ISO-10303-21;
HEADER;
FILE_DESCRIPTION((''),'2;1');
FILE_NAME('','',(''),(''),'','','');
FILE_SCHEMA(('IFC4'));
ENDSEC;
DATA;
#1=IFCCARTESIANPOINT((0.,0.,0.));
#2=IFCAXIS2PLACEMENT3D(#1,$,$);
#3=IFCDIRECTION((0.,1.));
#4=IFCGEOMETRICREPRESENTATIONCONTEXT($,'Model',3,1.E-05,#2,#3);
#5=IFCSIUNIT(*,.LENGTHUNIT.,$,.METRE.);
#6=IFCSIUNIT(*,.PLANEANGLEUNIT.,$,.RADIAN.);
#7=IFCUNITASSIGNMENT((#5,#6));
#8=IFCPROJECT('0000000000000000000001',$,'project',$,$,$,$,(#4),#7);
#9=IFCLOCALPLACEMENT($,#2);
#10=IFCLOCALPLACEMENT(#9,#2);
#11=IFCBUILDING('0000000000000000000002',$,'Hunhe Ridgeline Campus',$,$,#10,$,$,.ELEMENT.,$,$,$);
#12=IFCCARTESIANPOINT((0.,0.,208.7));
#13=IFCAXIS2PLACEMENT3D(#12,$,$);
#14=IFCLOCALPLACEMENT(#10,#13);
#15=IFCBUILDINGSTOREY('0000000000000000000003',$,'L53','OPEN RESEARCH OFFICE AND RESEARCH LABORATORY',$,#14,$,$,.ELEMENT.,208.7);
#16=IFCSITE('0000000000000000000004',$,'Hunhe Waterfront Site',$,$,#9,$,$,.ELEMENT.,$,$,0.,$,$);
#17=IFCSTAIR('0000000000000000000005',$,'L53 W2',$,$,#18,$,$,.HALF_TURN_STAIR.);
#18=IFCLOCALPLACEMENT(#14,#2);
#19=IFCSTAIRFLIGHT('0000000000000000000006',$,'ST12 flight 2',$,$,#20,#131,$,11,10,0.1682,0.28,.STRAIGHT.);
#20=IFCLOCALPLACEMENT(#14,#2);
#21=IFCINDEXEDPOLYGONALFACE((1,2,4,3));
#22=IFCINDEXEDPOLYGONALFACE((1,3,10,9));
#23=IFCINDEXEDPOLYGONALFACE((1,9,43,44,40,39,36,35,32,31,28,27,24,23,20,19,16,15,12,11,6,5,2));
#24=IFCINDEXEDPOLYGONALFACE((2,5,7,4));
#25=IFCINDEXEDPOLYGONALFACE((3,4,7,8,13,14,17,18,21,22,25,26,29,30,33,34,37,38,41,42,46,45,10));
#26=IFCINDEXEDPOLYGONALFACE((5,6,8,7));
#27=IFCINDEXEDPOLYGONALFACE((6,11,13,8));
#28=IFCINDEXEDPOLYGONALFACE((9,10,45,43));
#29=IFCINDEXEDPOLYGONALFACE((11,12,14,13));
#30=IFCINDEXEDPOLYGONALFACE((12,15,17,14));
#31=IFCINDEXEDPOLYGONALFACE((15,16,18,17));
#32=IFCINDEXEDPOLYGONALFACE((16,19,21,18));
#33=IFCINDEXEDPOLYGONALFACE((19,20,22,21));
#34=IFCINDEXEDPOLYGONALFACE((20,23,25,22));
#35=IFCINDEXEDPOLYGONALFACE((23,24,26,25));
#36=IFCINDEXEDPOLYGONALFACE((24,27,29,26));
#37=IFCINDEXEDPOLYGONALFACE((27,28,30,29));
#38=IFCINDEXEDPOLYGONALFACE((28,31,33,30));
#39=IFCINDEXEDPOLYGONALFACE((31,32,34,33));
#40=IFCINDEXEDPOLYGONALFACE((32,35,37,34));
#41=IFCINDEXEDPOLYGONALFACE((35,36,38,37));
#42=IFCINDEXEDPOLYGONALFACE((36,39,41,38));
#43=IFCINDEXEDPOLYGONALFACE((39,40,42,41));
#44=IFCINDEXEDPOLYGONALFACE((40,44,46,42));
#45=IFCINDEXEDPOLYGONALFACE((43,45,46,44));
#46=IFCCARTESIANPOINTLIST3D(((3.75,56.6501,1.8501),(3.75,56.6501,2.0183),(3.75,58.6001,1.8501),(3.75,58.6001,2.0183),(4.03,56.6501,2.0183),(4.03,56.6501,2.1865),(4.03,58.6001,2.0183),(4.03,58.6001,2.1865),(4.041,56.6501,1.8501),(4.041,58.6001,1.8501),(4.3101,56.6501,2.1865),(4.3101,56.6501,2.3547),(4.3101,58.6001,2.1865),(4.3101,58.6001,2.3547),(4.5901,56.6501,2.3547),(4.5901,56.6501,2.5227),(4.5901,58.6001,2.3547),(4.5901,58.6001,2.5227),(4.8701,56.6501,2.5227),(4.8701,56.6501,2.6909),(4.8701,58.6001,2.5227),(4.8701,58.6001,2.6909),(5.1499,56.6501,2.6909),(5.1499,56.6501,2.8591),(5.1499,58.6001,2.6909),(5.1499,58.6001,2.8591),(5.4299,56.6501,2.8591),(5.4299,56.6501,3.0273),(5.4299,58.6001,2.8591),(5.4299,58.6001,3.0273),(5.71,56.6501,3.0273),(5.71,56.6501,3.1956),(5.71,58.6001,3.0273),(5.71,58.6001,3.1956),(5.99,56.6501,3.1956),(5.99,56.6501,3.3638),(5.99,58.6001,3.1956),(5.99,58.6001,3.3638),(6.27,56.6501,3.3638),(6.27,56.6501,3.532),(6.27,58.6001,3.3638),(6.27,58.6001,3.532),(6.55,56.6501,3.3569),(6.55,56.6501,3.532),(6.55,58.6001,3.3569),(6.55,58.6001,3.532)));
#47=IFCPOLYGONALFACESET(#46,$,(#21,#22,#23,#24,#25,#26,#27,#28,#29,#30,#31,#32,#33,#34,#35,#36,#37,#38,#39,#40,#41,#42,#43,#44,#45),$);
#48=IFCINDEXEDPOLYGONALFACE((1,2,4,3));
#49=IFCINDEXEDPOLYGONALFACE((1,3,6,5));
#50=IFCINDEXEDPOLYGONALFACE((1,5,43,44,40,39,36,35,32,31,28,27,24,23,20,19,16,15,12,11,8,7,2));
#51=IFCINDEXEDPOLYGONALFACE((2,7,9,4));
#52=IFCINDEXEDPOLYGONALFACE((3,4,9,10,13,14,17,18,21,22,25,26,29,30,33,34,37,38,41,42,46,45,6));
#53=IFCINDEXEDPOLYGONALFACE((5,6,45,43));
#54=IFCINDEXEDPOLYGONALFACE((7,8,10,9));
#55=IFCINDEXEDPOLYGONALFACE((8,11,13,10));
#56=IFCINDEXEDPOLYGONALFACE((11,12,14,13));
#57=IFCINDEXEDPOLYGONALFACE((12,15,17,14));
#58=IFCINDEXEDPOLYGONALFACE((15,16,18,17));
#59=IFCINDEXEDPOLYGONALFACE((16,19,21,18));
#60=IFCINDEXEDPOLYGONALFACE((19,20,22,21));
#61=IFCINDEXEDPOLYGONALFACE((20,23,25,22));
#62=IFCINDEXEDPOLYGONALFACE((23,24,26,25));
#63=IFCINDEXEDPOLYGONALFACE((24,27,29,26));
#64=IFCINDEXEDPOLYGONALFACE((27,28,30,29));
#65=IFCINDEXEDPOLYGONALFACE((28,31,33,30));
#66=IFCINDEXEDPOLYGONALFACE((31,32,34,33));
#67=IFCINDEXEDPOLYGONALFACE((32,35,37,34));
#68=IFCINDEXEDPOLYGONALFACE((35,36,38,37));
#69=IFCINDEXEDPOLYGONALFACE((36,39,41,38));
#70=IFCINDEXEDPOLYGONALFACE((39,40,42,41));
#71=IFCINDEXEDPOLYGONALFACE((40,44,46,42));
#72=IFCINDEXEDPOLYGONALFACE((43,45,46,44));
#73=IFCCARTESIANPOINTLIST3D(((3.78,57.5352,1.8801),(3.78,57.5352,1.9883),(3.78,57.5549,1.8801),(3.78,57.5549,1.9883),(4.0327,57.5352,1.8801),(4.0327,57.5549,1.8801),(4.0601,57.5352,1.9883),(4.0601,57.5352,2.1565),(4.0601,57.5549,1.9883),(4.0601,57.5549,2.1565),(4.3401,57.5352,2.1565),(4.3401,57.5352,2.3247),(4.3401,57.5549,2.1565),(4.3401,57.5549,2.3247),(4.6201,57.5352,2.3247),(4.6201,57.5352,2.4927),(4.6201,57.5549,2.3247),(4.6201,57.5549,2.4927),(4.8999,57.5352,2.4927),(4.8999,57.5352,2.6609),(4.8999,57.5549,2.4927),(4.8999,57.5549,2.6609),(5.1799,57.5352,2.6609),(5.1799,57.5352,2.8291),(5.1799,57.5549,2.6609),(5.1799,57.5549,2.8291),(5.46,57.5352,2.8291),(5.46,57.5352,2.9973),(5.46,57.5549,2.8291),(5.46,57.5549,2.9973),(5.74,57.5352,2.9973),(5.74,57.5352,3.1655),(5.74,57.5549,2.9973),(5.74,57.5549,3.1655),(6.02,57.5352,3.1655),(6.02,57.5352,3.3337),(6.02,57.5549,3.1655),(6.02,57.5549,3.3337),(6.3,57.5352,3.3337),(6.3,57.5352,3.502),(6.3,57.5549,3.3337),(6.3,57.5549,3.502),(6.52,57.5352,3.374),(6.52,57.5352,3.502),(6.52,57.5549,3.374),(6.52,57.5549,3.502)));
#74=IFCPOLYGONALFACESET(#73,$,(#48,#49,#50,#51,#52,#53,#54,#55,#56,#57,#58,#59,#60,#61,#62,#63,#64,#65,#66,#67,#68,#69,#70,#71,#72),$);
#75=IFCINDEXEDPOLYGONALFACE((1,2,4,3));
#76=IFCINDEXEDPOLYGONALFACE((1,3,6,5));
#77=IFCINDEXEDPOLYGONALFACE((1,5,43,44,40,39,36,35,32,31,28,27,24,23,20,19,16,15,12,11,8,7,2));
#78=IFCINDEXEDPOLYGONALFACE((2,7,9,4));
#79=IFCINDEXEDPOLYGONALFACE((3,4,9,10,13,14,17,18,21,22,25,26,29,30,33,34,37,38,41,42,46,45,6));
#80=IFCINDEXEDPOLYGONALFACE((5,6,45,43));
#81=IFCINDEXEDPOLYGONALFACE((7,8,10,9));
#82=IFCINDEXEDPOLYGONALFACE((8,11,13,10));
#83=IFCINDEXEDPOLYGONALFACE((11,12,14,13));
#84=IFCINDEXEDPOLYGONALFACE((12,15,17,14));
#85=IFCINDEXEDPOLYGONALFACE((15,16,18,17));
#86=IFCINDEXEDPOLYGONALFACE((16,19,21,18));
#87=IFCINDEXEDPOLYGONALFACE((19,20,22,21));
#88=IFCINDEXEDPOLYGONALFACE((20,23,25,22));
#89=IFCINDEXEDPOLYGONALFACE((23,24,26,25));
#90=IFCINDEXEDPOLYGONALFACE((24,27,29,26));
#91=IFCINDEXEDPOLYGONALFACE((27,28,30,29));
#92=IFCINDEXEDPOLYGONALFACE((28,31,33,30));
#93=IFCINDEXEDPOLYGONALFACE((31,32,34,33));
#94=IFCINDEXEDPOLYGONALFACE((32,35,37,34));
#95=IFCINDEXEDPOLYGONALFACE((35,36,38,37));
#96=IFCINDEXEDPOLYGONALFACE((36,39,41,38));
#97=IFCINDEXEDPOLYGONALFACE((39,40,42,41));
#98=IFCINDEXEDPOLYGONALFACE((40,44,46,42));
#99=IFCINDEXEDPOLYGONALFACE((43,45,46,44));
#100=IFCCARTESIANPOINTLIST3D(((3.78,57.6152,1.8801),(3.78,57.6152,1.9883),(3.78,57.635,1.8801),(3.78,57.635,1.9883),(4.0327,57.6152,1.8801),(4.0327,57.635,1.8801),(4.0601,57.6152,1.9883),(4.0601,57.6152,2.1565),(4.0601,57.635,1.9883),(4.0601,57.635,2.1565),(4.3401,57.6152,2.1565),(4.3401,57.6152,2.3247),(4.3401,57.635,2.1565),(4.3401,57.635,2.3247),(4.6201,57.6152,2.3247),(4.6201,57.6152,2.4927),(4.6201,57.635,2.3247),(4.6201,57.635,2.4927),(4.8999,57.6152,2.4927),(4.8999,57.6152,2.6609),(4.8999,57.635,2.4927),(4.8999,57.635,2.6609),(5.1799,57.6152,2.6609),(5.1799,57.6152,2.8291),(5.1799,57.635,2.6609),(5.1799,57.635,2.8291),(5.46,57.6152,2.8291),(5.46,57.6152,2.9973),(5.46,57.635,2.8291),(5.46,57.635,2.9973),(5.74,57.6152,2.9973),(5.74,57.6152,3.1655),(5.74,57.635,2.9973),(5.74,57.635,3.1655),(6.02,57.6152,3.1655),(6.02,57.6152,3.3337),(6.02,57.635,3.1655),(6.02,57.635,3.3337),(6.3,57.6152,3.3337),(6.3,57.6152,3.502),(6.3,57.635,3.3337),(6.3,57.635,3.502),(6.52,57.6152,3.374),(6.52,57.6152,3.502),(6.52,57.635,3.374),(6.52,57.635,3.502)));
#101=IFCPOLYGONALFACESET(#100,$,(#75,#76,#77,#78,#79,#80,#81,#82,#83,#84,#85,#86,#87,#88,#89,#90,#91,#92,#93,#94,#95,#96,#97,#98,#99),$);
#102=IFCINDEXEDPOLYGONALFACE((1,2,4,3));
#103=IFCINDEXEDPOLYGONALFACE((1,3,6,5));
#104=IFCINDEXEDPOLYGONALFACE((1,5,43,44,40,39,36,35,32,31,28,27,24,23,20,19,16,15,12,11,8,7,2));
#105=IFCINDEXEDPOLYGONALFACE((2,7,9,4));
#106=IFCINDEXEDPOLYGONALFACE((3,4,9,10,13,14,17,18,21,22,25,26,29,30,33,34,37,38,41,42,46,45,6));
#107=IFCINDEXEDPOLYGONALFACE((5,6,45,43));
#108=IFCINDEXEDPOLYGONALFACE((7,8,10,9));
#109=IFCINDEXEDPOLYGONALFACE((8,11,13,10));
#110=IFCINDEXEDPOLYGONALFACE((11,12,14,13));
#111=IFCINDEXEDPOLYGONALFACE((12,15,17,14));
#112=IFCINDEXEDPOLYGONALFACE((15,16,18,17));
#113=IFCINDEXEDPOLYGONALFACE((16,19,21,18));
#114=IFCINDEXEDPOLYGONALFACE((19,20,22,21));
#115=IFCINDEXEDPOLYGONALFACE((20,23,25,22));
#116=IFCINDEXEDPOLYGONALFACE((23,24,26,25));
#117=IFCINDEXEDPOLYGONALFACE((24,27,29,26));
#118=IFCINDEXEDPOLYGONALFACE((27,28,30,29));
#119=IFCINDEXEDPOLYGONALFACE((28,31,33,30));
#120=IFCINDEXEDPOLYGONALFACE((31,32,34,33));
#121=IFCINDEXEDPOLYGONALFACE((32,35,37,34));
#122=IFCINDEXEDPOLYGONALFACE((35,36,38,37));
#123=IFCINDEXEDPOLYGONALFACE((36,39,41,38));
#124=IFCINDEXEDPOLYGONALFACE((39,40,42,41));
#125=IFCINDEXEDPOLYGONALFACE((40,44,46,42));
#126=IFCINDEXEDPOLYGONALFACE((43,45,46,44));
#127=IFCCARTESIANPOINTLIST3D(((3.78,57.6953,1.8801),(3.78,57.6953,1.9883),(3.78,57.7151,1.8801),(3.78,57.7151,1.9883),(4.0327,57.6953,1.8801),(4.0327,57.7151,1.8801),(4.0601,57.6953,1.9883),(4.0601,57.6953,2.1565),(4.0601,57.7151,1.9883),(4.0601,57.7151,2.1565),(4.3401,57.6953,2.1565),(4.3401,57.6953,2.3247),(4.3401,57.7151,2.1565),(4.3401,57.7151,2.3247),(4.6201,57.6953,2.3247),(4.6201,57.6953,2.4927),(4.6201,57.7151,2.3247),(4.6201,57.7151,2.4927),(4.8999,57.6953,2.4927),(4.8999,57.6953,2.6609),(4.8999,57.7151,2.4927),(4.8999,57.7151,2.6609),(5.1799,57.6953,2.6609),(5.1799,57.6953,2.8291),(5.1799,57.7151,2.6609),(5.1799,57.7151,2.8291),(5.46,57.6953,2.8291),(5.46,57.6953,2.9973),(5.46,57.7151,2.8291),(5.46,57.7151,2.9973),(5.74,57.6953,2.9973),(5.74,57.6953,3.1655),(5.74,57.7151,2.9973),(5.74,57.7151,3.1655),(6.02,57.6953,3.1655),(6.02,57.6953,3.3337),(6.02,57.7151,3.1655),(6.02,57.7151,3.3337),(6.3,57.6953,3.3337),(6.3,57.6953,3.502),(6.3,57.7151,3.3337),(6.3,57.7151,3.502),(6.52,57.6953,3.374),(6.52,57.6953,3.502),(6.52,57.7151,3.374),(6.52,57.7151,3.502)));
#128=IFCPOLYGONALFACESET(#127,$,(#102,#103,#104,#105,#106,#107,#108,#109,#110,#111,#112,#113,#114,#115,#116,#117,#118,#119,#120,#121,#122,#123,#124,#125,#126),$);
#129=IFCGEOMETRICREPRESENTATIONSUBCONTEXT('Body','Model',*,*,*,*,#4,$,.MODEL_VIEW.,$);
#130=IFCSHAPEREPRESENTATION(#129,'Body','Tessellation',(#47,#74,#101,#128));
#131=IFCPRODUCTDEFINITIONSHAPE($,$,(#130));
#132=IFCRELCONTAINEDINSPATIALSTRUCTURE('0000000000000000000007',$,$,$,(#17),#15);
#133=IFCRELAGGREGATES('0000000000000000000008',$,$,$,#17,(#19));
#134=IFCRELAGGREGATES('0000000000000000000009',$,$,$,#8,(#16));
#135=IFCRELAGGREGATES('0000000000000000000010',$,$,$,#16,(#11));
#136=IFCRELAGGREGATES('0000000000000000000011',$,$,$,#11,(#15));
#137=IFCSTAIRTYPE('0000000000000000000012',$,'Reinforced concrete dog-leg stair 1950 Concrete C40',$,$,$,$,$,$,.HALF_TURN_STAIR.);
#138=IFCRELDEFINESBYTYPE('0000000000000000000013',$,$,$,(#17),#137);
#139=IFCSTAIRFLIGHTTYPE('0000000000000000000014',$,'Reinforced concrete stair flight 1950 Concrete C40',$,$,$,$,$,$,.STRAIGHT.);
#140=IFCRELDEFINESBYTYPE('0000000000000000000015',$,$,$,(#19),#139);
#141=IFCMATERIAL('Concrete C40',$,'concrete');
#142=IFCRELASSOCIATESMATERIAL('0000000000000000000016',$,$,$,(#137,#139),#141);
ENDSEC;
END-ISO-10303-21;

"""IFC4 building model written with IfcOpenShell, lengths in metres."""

from ifc_helpers import new_model, si_unit, direction, frame, origin, place, context, subcontext, project, spatial, polyline, outline, extrude, material, type_object, element, aggregate, save


model = new_model("IFC4")

# Units and contexts
model_context = context("Model", 3, precision=1e-05, world=origin(), true_north=direction((0.0, 1.0)))
body_context = subcontext(model_context, "Body", "Model", "MODEL_VIEW")
ifc_project = project(units=[si_unit("LENGTHUNIT", "METRE"), si_unit("PLANEANGLEUNIT", "RADIAN")], contexts=[model_context])

# Site, building, storey
site_placement = place(None, origin())
site = spatial("IfcSite", under=ifc_project, at=site_placement, Name="Hunhe Waterfront Site", CompositionType="ELEMENT", RefElevation=0.0)
building_placement = place(site_placement, origin())
building = spatial("IfcBuilding", under=site, at=building_placement, Name="Hunhe Ridgeline Campus", CompositionType="ELEMENT")
storey_placement = place(building_placement, frame((0.0, 0.0, 208.7)))
storey = spatial("IfcBuildingStorey", under=building, at=storey_placement, Name="L53", Description="OPEN RESEARCH OFFICE AND RESEARCH LABORATORY", CompositionType="ELEMENT", Elevation=208.7)

# Shared definitions
ifc_material_1 = material(Name="Concrete C40", Category="concrete")
stair_type = type_object("IfcStairType", Name="Reinforced concrete dog-leg stair 1950 Concrete C40", PredefinedType="HALF_TURN_STAIR", material=ifc_material_1)
stair_flight_type = type_object("IfcStairFlightType", Name="Reinforced concrete stair flight 1950 Concrete C40", PredefinedType="STRAIGHT", material=ifc_material_1)

# Stair, stair flight
stair_1_placement = place(storey_placement, origin())
stair_1 = element("IfcStair", 1, at=stair_1_placement, inside=storey, type_object=stair_type, Name="L53 W2", PredefinedType="HALF_TURN_STAIR")
stair_flight_1_placement = place(storey_placement, frame((3.75, 57.625, 1.8501), z_axis=(0.0, 0.0, 1.0), x_axis=(1.0, 0.0, 0.0)))
stair_flight_1 = element("IfcStairFlight", 2, at=stair_flight_1_placement, type_object=stair_flight_type, Name="ST12 flight 2", NumberOfRisers=11, NumberOfTreads=10, PredefinedType="STRAIGHT", RiserHeight=0.1682, TreadLength=0.28, context=body_context, shape_type="SweptSolid", body=[
    extrude(outline(polyline([(0.0, 0.0), (0.0, 0.1682), (0.28, 0.1682), (0.28, 0.3364), (0.5601, 0.3364), (0.5601, 0.5046), (0.8401, 0.5046), (0.8401, 0.6726), (1.1201, 0.6726), (1.1201, 0.8408), (1.3999, 0.8408), (1.3999, 1.009), (1.6799, 1.009), (1.6799, 1.1772), (1.96, 1.1772), (1.96, 1.3455), (2.24, 1.3455), (2.24, 1.5137), (2.52, 1.5137), (2.52, 1.6819), (2.8, 1.6819), (2.8, 1.8501), (2.8, 1.5068), (0.291, 0.0), (0.0, 0.0)])), frame((0.0, 0.9751, 0.0), z_axis=(0.0, -1.0, 0.0), x_axis=(1.0, 0.0, 0.0)), (0.0, 0.0, 1.0), 1.95),
    extrude(outline(polyline([(0.03, 0.03), (0.03, 0.1382), (0.3101, 0.1382), (0.3101, 0.3064), (0.5901, 0.3064), (0.5901, 0.4746), (0.8701, 0.4746), (0.8701, 0.6426), (1.1499, 0.6426), (1.1499, 0.8108), (1.4299, 0.8108), (1.4299, 0.979), (1.71, 0.979), (1.71, 1.1472), (1.99, 1.1472), (1.99, 1.3154), (2.27, 1.3154), (2.27, 1.4836), (2.55, 1.4836), (2.55, 1.6519), (2.77, 1.6519), (2.77, 1.5239), (0.2827, 0.03), (0.03, 0.03)])), frame((0.0, -0.0701, 0.0), z_axis=(0.0, -1.0, 0.0), x_axis=(1.0, 0.0, 0.0)), (0.0, 0.0, 1.0), 0.0198),
    extrude(outline(polyline([(0.03, 0.03), (0.03, 0.1382), (0.3101, 0.1382), (0.3101, 0.3064), (0.5901, 0.3064), (0.5901, 0.4746), (0.8701, 0.4746), (0.8701, 0.6426), (1.1499, 0.6426), (1.1499, 0.8108), (1.4299, 0.8108), (1.4299, 0.979), (1.71, 0.979), (1.71, 1.1472), (1.99, 1.1472), (1.99, 1.3154), (2.27, 1.3154), (2.27, 1.4836), (2.55, 1.4836), (2.55, 1.6519), (2.77, 1.6519), (2.77, 1.5239), (0.2827, 0.03), (0.03, 0.03)])), frame((0.0, 0.01, 0.0), z_axis=(0.0, -1.0, 0.0), x_axis=(1.0, 0.0, 0.0)), (0.0, 0.0, 1.0), 0.0198),
    extrude(outline(polyline([(0.03, 0.03), (0.03, 0.1382), (0.3101, 0.1382), (0.3101, 0.3064), (0.5901, 0.3064), (0.5901, 0.4746), (0.8701, 0.4746), (0.8701, 0.6426), (1.1499, 0.6426), (1.1499, 0.8108), (1.4299, 0.8108), (1.4299, 0.979), (1.71, 0.979), (1.71, 1.1472), (1.99, 1.1472), (1.99, 1.3154), (2.27, 1.3154), (2.27, 1.4836), (2.55, 1.4836), (2.55, 1.6519), (2.77, 1.6519), (2.77, 1.5239), (0.2827, 0.03), (0.03, 0.03)])), frame((0.0, 0.0901, 0.0), z_axis=(0.0, -1.0, 0.0), x_axis=(1.0, 0.0, 0.0)), (0.0, 0.0, 1.0), 0.0198),
])
aggregate(stair_1, [stair_flight_1])

save(model, "model.ifc")
